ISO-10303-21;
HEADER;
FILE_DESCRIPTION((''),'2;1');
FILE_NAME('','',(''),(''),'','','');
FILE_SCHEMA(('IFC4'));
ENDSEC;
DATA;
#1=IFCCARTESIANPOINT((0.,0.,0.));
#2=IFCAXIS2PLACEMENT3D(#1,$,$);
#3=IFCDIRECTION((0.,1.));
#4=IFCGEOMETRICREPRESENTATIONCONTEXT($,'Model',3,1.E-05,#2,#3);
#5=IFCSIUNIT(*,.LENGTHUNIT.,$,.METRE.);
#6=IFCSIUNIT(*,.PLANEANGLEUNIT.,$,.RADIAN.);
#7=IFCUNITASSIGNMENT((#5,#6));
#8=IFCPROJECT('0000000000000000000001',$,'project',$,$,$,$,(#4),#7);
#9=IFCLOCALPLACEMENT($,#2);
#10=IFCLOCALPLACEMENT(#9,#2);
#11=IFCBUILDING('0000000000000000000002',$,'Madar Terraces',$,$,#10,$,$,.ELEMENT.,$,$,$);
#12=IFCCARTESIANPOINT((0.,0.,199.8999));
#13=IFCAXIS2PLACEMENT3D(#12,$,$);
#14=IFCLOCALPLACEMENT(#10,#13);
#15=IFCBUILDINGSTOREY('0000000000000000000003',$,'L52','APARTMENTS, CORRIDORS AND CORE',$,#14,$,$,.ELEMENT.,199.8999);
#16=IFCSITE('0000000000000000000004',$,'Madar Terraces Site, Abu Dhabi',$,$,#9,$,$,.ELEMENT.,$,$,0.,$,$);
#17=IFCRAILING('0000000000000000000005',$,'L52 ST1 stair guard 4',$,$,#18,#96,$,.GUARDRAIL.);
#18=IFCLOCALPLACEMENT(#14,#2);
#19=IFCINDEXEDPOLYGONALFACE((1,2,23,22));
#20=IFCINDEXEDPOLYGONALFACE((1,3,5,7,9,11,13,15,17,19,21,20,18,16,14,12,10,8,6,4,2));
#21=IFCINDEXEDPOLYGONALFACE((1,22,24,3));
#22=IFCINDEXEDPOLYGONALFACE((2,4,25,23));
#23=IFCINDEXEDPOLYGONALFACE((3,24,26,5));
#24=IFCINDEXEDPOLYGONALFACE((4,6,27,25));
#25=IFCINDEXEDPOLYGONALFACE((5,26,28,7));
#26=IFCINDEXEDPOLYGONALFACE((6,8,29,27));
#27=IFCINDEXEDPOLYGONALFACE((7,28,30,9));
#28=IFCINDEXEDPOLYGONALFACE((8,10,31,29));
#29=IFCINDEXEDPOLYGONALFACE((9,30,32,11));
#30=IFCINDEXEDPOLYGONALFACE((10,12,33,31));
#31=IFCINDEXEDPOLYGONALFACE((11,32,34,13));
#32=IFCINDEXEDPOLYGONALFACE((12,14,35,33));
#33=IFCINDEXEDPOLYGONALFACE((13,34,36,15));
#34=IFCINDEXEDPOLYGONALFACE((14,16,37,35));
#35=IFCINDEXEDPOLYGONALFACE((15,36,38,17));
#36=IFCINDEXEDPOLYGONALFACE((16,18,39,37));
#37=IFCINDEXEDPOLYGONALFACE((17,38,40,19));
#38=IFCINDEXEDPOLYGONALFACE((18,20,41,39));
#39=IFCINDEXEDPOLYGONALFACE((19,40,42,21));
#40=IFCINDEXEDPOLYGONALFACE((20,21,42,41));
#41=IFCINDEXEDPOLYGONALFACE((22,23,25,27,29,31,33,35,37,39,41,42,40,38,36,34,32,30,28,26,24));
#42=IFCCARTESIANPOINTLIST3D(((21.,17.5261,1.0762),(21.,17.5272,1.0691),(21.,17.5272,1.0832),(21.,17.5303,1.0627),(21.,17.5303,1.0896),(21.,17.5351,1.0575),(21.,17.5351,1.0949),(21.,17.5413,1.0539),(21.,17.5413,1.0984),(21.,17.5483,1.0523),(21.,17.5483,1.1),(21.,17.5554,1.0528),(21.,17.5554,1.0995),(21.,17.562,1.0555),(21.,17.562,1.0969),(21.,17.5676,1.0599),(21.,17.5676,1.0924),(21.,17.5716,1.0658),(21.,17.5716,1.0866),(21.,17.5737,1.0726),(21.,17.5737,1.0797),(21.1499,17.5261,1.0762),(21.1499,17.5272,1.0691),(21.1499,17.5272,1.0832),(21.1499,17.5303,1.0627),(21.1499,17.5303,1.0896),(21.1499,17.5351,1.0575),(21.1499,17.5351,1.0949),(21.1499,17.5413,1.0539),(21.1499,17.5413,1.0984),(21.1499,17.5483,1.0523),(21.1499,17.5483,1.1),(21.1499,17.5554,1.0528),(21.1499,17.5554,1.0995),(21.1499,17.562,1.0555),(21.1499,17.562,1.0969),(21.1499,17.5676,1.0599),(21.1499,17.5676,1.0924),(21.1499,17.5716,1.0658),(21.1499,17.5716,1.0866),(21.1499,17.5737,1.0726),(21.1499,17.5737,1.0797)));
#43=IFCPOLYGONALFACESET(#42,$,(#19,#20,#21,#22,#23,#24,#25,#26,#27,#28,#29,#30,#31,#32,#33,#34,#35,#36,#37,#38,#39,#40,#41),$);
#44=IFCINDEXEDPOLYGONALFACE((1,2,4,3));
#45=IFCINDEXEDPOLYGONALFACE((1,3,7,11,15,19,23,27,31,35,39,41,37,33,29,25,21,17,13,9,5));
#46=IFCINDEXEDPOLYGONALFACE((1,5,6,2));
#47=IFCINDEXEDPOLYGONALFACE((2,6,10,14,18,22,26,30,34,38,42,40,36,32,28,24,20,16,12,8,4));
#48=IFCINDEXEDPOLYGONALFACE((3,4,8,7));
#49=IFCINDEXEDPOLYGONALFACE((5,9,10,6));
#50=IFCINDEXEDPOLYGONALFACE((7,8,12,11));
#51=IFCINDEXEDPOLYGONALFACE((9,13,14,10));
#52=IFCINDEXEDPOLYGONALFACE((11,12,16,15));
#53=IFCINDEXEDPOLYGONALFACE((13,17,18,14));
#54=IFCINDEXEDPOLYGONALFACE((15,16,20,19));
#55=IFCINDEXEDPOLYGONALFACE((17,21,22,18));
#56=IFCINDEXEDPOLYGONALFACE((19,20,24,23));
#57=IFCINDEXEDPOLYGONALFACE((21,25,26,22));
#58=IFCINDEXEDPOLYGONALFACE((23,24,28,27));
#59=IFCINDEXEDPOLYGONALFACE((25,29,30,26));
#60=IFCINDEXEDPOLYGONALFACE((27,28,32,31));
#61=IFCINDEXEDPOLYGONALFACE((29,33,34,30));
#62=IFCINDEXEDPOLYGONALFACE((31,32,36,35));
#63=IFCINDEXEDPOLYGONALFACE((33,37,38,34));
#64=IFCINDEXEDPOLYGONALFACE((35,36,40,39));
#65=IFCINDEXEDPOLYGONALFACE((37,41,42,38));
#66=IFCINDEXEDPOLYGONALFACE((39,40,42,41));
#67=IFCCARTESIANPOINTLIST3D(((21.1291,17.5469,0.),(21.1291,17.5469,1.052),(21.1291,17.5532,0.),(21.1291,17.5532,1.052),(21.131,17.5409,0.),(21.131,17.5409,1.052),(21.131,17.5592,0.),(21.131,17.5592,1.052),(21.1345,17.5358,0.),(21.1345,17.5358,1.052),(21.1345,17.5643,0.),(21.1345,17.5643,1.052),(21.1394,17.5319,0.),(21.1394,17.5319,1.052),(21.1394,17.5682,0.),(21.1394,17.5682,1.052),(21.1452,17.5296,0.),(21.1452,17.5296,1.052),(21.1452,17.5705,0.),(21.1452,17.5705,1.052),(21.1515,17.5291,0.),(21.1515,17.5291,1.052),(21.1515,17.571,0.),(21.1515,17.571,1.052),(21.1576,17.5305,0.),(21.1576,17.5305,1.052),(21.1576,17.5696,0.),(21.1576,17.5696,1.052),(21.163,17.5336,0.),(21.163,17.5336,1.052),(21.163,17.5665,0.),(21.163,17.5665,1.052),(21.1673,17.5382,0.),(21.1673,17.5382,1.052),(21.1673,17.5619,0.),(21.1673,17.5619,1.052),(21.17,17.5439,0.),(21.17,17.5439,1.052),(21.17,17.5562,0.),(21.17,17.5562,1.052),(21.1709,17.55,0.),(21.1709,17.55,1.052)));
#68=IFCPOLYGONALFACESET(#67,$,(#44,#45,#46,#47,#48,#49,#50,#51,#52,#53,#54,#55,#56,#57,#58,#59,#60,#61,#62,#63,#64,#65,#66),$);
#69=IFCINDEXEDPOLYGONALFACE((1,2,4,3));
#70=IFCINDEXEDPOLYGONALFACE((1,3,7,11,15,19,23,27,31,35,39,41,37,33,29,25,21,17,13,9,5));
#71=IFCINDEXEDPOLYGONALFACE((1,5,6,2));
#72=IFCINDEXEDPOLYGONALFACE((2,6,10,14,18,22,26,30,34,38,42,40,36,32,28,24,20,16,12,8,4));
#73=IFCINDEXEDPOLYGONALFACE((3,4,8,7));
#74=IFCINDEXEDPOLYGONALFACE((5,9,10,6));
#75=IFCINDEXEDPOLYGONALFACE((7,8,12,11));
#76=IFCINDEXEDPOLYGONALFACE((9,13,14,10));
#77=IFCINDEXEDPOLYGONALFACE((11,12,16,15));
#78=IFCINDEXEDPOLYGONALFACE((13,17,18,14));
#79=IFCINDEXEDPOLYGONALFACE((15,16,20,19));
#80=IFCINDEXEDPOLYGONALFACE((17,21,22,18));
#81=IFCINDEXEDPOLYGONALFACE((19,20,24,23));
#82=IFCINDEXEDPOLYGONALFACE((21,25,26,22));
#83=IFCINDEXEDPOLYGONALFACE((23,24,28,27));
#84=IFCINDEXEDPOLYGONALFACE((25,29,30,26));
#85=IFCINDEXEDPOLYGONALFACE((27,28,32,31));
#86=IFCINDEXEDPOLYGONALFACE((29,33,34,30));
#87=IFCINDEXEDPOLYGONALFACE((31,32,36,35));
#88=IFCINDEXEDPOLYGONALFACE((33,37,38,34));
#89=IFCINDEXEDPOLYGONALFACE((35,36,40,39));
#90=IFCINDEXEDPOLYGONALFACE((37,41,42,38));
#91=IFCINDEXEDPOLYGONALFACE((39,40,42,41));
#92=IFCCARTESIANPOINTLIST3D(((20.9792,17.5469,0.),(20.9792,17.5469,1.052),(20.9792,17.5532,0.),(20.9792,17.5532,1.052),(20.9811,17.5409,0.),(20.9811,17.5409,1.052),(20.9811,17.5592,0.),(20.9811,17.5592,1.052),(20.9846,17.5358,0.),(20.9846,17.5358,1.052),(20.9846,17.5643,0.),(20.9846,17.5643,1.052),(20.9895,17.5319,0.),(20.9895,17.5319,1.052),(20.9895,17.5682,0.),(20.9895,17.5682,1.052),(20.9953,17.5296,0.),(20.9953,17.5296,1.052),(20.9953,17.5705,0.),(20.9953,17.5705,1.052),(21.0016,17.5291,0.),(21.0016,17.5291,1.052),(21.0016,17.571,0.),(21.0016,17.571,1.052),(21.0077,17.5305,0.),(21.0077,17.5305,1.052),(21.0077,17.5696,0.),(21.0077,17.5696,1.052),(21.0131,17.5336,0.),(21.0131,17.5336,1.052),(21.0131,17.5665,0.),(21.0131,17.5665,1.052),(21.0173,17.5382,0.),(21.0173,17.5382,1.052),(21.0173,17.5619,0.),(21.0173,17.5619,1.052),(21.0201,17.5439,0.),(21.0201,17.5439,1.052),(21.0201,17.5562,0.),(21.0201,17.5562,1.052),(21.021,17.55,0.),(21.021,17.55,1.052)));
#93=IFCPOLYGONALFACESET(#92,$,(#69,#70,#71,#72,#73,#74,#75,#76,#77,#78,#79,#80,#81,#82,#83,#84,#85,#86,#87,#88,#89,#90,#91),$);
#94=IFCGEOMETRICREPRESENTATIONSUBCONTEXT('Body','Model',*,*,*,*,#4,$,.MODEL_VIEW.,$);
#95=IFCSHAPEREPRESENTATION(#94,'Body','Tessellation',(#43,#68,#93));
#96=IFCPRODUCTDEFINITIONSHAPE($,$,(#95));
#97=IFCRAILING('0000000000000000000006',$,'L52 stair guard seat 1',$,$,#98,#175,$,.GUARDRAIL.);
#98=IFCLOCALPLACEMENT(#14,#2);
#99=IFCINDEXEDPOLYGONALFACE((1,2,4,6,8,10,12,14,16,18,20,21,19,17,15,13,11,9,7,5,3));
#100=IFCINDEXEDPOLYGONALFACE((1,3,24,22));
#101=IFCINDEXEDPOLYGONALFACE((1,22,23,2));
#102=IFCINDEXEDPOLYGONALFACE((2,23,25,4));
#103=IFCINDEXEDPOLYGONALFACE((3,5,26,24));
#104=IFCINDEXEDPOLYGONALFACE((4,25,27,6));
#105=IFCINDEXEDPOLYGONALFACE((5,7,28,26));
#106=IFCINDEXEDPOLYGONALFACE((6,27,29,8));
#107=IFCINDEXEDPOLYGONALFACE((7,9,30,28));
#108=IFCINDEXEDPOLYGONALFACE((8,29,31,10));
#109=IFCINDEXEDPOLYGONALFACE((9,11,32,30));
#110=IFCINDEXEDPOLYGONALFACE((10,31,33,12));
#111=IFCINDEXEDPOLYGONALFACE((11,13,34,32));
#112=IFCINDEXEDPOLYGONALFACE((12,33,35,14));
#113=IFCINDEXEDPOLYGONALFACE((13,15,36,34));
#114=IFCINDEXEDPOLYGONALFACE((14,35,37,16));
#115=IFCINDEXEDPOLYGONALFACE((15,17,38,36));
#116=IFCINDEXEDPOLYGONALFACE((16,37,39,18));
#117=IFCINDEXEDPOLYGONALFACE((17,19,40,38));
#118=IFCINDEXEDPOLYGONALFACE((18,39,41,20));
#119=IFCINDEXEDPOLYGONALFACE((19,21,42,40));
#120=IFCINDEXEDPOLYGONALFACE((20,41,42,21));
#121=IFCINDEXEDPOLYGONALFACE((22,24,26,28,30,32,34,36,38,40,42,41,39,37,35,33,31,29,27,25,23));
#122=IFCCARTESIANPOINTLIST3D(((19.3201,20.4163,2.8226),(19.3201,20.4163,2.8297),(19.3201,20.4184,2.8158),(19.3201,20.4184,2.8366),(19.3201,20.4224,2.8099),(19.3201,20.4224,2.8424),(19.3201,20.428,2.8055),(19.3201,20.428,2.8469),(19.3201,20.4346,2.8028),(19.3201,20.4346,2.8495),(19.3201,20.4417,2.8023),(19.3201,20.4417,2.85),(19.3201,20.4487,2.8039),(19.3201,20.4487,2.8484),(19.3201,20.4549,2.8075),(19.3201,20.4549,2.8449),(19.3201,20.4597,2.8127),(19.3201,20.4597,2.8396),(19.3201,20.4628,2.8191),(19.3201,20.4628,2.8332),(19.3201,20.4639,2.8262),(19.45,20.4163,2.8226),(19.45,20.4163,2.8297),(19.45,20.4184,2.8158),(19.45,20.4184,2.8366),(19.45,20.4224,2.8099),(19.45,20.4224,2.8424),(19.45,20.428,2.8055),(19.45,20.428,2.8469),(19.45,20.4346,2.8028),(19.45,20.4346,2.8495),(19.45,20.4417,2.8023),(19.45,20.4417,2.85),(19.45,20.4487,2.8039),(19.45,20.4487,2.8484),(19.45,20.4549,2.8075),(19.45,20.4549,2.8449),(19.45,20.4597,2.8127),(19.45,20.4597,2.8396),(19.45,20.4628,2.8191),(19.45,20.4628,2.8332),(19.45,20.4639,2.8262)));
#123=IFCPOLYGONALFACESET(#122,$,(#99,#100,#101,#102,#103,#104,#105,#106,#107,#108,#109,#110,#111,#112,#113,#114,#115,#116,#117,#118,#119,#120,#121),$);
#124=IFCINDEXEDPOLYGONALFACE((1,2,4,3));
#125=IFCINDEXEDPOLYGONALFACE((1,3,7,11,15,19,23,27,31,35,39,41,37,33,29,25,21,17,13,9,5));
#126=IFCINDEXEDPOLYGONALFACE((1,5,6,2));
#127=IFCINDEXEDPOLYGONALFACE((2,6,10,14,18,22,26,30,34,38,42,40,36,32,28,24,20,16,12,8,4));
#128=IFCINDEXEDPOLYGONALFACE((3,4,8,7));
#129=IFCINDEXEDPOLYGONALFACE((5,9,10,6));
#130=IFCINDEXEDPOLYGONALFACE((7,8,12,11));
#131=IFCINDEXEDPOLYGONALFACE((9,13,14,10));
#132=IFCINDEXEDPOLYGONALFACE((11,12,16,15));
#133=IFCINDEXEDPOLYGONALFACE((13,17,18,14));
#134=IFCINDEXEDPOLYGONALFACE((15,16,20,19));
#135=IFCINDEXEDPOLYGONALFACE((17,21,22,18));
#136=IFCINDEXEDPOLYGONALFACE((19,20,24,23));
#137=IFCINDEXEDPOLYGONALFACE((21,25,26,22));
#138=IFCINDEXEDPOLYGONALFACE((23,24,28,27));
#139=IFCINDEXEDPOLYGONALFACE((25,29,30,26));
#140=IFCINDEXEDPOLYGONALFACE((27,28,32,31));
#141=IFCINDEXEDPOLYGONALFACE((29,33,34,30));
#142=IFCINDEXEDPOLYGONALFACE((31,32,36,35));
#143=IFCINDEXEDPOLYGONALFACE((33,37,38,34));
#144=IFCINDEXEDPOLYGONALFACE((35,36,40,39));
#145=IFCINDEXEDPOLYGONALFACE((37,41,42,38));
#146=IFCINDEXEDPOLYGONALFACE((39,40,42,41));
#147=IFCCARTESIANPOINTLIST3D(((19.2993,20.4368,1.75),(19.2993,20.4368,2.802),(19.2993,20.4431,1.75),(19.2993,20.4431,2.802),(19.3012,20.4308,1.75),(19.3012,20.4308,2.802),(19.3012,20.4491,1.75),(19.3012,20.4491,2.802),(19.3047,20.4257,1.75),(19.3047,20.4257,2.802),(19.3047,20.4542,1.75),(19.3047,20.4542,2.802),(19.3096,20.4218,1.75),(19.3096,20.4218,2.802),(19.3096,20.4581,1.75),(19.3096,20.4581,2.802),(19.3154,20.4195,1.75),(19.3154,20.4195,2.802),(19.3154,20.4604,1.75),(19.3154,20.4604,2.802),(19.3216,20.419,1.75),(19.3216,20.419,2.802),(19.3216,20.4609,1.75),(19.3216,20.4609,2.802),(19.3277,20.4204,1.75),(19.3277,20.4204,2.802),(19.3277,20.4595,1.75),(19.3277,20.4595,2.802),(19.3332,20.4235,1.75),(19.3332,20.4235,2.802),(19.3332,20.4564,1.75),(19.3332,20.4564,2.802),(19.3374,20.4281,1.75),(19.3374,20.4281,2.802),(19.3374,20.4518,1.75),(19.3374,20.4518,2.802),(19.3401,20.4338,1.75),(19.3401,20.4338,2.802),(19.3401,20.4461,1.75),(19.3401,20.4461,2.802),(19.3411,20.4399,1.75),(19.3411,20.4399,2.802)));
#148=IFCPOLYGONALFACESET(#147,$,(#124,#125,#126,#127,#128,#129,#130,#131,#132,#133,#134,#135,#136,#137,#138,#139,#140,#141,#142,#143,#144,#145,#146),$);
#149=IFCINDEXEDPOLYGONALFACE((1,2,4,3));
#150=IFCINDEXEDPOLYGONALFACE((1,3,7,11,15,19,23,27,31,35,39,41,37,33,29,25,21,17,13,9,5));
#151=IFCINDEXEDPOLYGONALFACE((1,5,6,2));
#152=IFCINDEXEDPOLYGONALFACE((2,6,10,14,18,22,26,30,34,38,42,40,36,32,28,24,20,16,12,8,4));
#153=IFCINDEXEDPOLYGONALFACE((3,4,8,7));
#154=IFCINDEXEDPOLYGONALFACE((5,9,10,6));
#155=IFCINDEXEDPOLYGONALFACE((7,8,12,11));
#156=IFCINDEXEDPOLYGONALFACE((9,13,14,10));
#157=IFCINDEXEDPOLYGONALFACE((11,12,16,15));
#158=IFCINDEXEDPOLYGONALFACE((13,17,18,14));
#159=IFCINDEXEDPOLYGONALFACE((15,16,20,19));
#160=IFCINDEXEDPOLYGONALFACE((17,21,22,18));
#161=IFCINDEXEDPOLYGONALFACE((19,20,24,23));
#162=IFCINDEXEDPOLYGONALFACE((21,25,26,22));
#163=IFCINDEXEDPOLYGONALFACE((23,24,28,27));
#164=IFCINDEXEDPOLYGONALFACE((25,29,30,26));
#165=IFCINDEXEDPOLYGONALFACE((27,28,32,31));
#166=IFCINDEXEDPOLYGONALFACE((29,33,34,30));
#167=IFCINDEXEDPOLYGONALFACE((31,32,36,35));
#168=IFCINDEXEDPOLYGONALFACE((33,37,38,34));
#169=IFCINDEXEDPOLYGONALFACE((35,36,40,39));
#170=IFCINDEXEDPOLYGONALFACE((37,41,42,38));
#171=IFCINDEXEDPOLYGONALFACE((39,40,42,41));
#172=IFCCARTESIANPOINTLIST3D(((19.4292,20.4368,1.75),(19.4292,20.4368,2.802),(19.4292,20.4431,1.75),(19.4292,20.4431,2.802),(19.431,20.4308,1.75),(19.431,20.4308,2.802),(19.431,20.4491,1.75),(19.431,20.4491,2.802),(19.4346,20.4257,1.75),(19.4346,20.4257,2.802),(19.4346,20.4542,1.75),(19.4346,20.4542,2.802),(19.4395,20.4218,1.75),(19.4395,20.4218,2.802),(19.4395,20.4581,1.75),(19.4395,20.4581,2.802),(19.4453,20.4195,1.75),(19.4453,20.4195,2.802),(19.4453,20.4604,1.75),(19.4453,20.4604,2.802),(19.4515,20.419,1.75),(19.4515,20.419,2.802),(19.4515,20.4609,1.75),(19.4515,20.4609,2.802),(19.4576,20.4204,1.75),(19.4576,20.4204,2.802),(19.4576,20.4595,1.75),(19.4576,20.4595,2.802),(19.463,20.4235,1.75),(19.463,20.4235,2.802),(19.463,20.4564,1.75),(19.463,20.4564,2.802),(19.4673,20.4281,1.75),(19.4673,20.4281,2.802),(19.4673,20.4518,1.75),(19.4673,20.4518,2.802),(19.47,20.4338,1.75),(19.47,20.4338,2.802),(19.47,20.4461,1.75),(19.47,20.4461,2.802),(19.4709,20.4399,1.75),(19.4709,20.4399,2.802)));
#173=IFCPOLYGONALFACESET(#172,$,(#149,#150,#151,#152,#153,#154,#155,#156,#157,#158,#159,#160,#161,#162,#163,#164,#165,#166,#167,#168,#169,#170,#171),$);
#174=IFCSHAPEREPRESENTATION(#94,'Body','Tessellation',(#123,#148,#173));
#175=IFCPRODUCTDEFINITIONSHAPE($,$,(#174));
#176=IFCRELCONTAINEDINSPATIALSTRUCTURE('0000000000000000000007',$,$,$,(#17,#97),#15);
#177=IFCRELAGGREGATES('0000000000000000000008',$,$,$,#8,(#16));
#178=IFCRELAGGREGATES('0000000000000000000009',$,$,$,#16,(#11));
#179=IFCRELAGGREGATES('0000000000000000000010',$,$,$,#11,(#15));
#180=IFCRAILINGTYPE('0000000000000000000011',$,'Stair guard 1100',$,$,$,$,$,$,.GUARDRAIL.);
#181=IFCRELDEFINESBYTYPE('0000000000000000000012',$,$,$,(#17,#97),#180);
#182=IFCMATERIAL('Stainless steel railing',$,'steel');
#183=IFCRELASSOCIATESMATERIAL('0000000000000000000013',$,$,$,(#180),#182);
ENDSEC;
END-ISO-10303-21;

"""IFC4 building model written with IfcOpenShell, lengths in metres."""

from ifc_helpers import new_model, si_unit, direction, frame, origin, origin_2d, place, context, subcontext, project, spatial, circle, extrude, material, type_object, element, save


model = new_model("IFC4")

# Units and contexts
model_context = context("Model", 3, precision=1e-05, world=origin(), true_north=direction((0.0, 1.0)))
body_context = subcontext(model_context, "Body", "Model", "MODEL_VIEW")
ifc_project = project(units=[si_unit("LENGTHUNIT", "METRE"), si_unit("PLANEANGLEUNIT", "RADIAN")], contexts=[model_context])

# Site, building, storey
site_placement = place(None, origin())
site = spatial("IfcSite", under=ifc_project, at=site_placement, Name="Madar Terraces Site, Abu Dhabi", CompositionType="ELEMENT", RefElevation=0.0)
building_placement = place(site_placement, origin())
building = spatial("IfcBuilding", under=site, at=building_placement, Name="Madar Terraces", CompositionType="ELEMENT")
storey_placement = place(building_placement, frame((0.0, 0.0, 199.8999)))
storey = spatial("IfcBuildingStorey", under=building, at=storey_placement, Name="L52", Description="APARTMENTS, CORRIDORS AND CORE", CompositionType="ELEMENT", Elevation=199.8999)

# Railings
ifc_material_1 = material(Name="Stainless steel railing", Category="steel")
railing_type_1 = type_object("IfcRailingType", Name="Stair guard 1100", PredefinedType="GUARDRAIL", material=ifc_material_1)
railing_1_placement = place(storey_placement, frame((21.1499, 17.55, 0.0)))
element("IfcRailing", 1, at=railing_1_placement, inside=storey, type_object=railing_type_1, Name="L52 ST1 stair guard 4", PredefinedType="GUARDRAIL", context=body_context, shape_type="SweptSolid", body=[
    extrude(circle(Radius=0.0239, at=origin_2d()), frame((0.0, 0.0, 1.0762), z_axis=(-1.0, 0.0, 0.0), x_axis=(0.0, -1.0, 0.0)), (0.0, 0.0, 1.0), 0.1499),
    extrude(circle(Radius=0.021, at=origin_2d()), origin(), (0.0, 0.0, 1.0), 1.052),
    extrude(circle(Radius=0.021, at=origin_2d()), frame((-0.1499, 0.0, 0.0)), (0.0, 0.0, 1.0), 1.052),
])
railing_2_placement = place(storey_placement, frame((19.3201, 20.4399, 1.75)))
element("IfcRailing", 2, at=railing_2_placement, inside=storey, type_object=railing_type_1, Name="L52 stair guard seat 1", PredefinedType="GUARDRAIL", context=body_context, shape_type="SweptSolid", body=[
    extrude(circle(Radius=0.0239, at=origin_2d()), frame((0.0, 0.0, 1.0762), z_axis=(1.0, 0.0, 0.0), x_axis=(0.0, 1.0, 0.0)), (0.0, 0.0, 1.0), 0.1299),
    extrude(circle(Radius=0.021, at=origin_2d()), origin(), (0.0, 0.0, 1.0), 1.052),
    extrude(circle(Radius=0.021, at=origin_2d()), frame((0.1299, 0.0, 0.0)), (0.0, 0.0, 1.0), 1.052),
])

save(model, "model.ifc")
